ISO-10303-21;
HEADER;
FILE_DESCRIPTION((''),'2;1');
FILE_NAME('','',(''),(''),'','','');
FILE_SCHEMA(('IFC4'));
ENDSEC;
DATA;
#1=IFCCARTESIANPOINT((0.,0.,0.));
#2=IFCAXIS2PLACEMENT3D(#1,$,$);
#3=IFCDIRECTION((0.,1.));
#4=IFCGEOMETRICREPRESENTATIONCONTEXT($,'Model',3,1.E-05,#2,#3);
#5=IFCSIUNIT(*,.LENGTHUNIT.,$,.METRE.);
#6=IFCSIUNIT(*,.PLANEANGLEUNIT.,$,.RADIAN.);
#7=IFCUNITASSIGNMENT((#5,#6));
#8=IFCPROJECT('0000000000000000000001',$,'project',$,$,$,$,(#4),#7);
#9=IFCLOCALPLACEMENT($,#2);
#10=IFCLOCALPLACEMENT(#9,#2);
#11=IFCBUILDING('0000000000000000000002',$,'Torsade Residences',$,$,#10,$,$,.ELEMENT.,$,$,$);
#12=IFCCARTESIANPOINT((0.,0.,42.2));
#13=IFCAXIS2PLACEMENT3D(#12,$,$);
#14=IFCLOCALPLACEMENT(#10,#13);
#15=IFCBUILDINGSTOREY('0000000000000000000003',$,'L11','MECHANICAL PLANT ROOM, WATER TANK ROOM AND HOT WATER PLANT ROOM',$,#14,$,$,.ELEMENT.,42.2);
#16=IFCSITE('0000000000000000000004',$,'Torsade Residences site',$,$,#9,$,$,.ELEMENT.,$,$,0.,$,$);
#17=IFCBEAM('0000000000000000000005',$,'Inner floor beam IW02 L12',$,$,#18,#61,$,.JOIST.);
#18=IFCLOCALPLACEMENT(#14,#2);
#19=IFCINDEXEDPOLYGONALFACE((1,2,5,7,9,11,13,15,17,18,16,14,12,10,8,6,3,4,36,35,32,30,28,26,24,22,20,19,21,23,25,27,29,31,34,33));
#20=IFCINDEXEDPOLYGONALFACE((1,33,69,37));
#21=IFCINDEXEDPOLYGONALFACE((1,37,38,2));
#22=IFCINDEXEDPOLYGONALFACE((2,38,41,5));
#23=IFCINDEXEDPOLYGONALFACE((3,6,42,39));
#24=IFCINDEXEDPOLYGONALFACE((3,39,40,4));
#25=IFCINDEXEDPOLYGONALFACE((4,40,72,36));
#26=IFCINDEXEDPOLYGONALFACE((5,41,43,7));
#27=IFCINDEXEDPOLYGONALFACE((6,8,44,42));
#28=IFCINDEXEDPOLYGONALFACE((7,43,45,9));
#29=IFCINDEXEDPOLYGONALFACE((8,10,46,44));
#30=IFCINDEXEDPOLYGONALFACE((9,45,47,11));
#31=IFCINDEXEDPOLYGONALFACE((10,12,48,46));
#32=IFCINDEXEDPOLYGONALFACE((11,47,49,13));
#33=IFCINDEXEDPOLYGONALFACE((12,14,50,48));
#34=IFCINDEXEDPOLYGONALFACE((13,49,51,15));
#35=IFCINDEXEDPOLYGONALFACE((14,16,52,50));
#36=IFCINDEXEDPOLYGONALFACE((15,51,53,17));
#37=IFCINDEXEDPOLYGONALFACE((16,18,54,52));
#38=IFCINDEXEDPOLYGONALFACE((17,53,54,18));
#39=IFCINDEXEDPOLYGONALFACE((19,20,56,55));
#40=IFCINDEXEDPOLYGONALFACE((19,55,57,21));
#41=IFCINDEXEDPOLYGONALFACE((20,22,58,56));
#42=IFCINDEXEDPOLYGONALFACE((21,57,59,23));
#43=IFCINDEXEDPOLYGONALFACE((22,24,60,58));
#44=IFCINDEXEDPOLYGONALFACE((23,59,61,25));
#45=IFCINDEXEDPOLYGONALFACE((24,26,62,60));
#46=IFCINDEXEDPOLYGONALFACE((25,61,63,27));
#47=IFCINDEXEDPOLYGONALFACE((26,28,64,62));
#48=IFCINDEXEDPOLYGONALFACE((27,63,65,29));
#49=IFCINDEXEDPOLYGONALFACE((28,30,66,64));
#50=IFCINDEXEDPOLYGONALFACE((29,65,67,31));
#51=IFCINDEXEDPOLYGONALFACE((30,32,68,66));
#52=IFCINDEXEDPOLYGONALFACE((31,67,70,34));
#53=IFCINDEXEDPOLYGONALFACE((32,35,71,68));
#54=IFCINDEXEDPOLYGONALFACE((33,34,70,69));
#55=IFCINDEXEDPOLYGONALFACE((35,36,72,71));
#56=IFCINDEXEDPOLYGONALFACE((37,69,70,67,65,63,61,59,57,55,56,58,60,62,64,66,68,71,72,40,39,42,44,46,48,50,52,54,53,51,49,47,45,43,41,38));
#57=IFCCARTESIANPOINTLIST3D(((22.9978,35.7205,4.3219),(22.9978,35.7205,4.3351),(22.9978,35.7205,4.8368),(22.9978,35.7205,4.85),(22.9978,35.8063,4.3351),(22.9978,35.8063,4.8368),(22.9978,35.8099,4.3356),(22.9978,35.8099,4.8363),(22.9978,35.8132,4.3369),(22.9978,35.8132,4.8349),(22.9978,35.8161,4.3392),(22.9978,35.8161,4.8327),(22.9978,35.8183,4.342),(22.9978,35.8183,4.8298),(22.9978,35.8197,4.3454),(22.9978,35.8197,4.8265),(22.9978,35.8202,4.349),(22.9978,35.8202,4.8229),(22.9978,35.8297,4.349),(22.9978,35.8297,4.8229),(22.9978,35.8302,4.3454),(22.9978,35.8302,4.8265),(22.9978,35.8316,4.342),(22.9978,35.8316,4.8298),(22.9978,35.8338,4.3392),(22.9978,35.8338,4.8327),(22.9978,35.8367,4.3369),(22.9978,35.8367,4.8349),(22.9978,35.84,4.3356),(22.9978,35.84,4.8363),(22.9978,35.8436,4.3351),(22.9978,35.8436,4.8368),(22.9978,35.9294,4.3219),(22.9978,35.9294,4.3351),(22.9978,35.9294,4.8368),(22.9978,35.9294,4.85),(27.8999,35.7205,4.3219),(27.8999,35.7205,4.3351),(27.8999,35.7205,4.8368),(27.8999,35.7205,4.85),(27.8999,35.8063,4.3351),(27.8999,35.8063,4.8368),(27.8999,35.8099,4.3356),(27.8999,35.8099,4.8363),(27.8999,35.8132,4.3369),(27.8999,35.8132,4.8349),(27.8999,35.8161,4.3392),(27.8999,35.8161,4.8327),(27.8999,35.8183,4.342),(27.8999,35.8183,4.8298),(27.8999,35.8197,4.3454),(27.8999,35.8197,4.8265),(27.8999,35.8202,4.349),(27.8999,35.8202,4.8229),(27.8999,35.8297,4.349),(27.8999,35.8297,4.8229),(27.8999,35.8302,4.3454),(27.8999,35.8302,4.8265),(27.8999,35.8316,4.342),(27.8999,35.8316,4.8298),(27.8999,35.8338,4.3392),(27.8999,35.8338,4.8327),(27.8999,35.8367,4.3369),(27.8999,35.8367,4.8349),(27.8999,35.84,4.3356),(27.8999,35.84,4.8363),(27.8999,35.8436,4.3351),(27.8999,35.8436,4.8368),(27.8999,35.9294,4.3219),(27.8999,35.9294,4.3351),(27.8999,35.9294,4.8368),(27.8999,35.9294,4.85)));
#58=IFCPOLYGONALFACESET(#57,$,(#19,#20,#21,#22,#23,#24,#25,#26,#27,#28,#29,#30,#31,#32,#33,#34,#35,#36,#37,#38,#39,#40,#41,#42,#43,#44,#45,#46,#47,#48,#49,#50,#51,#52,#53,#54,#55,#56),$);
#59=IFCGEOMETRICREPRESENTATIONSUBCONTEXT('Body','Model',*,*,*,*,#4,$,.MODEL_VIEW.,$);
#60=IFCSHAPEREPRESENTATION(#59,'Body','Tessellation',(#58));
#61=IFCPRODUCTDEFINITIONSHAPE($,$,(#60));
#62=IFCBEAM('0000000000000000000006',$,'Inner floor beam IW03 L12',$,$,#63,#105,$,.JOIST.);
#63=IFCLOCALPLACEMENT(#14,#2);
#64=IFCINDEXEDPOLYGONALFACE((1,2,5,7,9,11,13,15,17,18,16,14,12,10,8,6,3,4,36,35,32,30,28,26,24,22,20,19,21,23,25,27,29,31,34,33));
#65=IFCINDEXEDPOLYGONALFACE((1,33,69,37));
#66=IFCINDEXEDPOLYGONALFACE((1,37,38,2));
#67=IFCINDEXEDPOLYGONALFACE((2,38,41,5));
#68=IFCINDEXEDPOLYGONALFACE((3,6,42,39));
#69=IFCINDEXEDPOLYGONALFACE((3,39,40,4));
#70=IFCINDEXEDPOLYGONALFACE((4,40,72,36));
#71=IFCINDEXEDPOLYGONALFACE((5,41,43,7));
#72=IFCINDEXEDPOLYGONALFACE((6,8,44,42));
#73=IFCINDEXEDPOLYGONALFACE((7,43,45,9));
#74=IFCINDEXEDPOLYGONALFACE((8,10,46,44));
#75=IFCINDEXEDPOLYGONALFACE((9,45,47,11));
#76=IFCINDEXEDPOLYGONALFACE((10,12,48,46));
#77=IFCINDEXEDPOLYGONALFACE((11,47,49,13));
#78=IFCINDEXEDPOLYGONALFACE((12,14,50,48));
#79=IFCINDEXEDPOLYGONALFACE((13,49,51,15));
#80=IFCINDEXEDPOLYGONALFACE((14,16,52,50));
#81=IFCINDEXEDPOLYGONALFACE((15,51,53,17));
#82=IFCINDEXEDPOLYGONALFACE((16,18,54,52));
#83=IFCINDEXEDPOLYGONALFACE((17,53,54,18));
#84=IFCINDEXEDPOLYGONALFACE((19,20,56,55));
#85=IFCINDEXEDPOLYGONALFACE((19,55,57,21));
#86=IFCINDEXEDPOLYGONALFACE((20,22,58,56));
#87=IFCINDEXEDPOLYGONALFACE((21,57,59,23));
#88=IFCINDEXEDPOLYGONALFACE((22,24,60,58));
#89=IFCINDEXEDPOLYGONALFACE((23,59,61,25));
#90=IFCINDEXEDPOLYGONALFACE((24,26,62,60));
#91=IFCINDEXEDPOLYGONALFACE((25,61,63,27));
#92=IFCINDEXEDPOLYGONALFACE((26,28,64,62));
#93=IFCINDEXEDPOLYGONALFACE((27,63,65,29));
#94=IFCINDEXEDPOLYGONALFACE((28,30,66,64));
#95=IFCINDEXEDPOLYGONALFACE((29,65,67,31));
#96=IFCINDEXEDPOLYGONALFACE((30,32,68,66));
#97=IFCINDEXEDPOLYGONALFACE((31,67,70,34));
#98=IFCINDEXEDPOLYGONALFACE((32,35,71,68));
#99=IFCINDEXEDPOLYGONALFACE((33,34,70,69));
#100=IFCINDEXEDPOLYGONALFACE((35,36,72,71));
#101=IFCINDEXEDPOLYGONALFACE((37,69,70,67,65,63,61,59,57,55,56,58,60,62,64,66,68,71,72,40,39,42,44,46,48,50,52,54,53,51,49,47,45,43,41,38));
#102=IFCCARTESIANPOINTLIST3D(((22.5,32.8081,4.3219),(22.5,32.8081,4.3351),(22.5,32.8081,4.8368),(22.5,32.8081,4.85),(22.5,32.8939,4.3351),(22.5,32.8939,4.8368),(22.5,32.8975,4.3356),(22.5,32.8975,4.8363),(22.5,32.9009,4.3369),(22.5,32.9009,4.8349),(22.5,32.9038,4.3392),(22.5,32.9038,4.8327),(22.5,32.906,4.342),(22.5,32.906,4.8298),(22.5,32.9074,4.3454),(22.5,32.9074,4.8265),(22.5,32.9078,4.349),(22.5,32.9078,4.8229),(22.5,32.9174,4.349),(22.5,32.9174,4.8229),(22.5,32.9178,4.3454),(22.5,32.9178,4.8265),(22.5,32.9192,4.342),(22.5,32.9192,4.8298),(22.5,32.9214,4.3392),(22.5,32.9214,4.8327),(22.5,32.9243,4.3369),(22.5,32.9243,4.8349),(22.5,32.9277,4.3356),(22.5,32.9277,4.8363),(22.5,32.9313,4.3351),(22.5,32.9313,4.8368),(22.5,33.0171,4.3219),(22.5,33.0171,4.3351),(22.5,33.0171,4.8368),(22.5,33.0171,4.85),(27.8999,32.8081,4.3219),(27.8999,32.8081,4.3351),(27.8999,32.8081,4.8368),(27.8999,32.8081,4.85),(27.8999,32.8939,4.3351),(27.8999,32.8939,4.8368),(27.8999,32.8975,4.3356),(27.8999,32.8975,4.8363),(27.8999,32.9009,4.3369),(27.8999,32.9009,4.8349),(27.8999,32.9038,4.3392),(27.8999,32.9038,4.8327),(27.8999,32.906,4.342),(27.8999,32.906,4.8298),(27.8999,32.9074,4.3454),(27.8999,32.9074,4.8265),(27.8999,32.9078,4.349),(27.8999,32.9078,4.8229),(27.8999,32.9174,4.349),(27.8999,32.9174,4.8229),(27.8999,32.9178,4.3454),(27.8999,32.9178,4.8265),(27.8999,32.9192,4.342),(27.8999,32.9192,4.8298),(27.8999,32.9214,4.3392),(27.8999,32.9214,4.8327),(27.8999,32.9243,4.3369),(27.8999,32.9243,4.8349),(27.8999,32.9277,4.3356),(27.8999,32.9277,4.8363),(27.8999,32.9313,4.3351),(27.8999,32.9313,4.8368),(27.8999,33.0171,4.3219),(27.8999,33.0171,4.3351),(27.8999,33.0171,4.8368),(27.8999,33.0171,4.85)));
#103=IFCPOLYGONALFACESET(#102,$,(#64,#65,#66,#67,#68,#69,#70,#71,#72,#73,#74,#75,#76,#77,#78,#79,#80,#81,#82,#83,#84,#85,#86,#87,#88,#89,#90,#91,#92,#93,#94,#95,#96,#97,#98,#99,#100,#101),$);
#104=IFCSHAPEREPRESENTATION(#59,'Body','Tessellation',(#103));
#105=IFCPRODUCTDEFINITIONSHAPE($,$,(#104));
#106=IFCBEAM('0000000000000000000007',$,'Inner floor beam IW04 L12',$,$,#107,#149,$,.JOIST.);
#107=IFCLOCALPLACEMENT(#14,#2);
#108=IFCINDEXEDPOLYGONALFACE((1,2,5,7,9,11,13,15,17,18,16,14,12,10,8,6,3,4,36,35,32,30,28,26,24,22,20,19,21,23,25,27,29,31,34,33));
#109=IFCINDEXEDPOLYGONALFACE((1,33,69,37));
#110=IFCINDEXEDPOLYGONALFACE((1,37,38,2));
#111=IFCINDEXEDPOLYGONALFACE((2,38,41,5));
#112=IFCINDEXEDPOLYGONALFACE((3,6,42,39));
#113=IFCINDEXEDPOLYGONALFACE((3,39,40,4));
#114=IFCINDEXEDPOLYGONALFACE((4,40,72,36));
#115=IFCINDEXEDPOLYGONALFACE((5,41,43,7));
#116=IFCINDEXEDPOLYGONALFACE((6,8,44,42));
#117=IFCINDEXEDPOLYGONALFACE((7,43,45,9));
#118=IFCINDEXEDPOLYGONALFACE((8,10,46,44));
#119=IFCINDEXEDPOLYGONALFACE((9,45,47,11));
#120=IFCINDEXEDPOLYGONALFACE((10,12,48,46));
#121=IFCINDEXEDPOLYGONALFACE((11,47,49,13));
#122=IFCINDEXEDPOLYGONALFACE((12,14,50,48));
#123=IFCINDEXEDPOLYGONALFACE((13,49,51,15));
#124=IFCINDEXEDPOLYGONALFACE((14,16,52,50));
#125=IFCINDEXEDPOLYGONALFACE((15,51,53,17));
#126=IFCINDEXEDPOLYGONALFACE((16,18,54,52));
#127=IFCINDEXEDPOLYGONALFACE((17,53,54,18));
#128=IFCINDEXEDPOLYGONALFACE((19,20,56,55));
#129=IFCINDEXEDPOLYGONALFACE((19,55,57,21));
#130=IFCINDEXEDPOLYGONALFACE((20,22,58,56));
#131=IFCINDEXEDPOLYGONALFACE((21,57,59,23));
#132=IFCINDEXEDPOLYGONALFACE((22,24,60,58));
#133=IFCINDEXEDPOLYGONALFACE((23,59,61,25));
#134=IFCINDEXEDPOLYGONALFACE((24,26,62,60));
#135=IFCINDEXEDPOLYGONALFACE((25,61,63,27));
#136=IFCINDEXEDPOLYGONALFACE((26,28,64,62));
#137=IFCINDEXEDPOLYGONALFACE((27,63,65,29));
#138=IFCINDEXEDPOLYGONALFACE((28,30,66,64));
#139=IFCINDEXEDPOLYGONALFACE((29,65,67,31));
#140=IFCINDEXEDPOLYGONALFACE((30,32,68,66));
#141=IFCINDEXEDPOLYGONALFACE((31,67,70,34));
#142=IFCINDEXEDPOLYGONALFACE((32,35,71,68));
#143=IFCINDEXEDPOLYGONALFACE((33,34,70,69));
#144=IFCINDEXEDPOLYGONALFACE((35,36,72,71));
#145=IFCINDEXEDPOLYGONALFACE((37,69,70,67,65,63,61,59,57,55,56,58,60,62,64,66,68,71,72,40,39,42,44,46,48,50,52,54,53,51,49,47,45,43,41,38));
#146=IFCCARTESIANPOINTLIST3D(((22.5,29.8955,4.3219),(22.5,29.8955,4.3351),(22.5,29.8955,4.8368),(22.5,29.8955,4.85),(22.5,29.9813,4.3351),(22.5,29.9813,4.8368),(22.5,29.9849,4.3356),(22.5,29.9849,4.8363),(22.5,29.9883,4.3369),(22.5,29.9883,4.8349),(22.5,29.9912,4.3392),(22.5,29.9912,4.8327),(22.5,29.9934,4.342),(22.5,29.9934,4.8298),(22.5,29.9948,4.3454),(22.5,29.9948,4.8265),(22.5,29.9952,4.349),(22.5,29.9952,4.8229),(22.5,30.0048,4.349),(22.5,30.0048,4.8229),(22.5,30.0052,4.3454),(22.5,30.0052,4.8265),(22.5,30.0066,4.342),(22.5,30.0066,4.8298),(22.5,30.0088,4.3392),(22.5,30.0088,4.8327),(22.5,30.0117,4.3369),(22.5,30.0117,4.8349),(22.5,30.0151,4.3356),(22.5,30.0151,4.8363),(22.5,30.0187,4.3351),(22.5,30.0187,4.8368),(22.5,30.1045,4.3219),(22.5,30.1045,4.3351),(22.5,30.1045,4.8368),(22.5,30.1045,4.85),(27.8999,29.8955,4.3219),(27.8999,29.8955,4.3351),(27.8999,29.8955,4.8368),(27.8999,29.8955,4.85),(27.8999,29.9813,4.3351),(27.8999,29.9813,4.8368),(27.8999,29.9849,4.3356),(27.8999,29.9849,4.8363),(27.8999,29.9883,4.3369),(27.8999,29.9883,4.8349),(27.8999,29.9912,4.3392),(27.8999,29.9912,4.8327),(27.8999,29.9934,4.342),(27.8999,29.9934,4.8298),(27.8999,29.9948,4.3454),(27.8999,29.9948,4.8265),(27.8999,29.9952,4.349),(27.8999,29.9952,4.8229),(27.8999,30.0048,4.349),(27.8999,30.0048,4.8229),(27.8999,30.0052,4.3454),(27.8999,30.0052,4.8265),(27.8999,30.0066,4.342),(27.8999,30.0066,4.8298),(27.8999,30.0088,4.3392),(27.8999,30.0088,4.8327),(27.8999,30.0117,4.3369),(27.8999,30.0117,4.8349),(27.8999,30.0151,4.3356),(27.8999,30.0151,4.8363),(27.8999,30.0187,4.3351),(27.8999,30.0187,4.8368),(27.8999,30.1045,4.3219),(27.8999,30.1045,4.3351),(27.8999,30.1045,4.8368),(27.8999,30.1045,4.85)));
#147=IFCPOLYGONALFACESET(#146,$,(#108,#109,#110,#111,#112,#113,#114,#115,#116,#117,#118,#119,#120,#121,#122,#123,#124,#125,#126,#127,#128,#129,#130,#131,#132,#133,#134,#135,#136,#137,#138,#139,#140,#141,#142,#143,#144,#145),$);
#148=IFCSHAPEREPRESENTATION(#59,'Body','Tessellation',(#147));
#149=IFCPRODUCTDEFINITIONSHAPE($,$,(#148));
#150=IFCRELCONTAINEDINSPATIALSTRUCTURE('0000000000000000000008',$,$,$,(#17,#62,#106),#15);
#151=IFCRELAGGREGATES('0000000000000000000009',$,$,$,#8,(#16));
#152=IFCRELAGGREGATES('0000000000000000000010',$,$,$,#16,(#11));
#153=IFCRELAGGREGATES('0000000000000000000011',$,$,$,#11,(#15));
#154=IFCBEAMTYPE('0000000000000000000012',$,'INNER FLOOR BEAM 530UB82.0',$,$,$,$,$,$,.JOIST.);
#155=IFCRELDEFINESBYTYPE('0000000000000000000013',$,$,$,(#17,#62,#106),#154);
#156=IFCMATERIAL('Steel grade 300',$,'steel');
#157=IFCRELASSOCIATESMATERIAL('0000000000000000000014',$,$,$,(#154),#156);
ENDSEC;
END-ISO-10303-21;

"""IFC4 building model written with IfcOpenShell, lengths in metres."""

from ifc_helpers import new_model, si_unit, direction, frame, origin, origin_2d, place, context, subcontext, project, spatial, i_section, extrude, material, material_profile, profile_set, type_object, element, save


model = new_model("IFC4")

# Units and contexts
model_context = context("Model", 3, precision=1e-05, world=origin(), true_north=direction((0.0, 1.0)))
body_context = subcontext(model_context, "Body", "Model", "MODEL_VIEW")
ifc_project = project(units=[si_unit("LENGTHUNIT", "METRE"), si_unit("PLANEANGLEUNIT", "RADIAN")], contexts=[model_context])

# Site, building, storey
site_placement = place(None, origin())
site = spatial("IfcSite", under=ifc_project, at=site_placement, Name="Torsade Residences site", CompositionType="ELEMENT", RefElevation=0.0)
building_placement = place(site_placement, origin())
building = spatial("IfcBuilding", under=site, at=building_placement, Name="Torsade Residences", CompositionType="ELEMENT")
storey_placement = place(building_placement, frame((0.0, 0.0, 42.2)))
storey = spatial("IfcBuildingStorey", under=building, at=storey_placement, Name="L11", Description="MECHANICAL PLANT ROOM, WATER TANK ROOM AND HOT WATER PLANT ROOM", CompositionType="ELEMENT", Elevation=42.2)

# Beams
ifc_material_1 = material(Name="Steel grade 300", Category="steel")
ifc_material_profile = material_profile(ifc_material_1, i_section(OverallWidth=0.209, OverallDepth=0.5281, WebThickness=0.0095, FlangeThickness=0.0132, FilletRadius=0.0139, at=origin_2d()), Name="530UB82.0")
ifc_profile_set = profile_set([ifc_material_profile], Name="Steel grade 300")
beam_type = type_object("IfcBeamType", Name="INNER FLOOR BEAM 530UB82.0", PredefinedType="JOIST", material=ifc_profile_set)
beam_placement = place(storey_placement, frame((27.8999, 35.825, 4.5859), z_axis=(-1.0, 0.0, 0.0), x_axis=(0.0, -1.0, 0.0)))
element("IfcBeam", 1, at=beam_placement, inside=storey, type_object=beam_type, Name="Inner floor beam IW02 L12", PredefinedType="JOIST", context=body_context, shape_type="SweptSolid", body=[
    extrude(i_section(OverallWidth=0.209, OverallDepth=0.5281, WebThickness=0.0095, FlangeThickness=0.0132, FilletRadius=0.0139, at=origin_2d()), origin(), (0.0, 0.0, 1.0), 4.9021),
])
for number, where, z_axis, x_axis, name in (
    (2, (27.8999, 32.9126, 4.5859), (-1.0, 0.0, 0.0), (0.0, -1.0, 0.0), "Inner floor beam IW03 L12"),
    (3, (27.8999, 30.0, 4.5859), (-1.0, 0.0, 0.0), (0.0, -1.0, 0.0), "Inner floor beam IW04 L12"),
):
    element("IfcBeam", number, at=place(storey_placement, frame(where, z_axis=z_axis, x_axis=x_axis)), inside=storey, type_object=beam_type, Name=name, PredefinedType="JOIST", context=body_context, shape_type="SweptSolid", body=[
        extrude(i_section(OverallWidth=0.209, OverallDepth=0.5281, WebThickness=0.0095, FlangeThickness=0.0132, FilletRadius=0.0139, at=origin_2d()), origin(), (0.0, 0.0, 1.0), 5.3999),
    ])

save(model, "model.ifc")
